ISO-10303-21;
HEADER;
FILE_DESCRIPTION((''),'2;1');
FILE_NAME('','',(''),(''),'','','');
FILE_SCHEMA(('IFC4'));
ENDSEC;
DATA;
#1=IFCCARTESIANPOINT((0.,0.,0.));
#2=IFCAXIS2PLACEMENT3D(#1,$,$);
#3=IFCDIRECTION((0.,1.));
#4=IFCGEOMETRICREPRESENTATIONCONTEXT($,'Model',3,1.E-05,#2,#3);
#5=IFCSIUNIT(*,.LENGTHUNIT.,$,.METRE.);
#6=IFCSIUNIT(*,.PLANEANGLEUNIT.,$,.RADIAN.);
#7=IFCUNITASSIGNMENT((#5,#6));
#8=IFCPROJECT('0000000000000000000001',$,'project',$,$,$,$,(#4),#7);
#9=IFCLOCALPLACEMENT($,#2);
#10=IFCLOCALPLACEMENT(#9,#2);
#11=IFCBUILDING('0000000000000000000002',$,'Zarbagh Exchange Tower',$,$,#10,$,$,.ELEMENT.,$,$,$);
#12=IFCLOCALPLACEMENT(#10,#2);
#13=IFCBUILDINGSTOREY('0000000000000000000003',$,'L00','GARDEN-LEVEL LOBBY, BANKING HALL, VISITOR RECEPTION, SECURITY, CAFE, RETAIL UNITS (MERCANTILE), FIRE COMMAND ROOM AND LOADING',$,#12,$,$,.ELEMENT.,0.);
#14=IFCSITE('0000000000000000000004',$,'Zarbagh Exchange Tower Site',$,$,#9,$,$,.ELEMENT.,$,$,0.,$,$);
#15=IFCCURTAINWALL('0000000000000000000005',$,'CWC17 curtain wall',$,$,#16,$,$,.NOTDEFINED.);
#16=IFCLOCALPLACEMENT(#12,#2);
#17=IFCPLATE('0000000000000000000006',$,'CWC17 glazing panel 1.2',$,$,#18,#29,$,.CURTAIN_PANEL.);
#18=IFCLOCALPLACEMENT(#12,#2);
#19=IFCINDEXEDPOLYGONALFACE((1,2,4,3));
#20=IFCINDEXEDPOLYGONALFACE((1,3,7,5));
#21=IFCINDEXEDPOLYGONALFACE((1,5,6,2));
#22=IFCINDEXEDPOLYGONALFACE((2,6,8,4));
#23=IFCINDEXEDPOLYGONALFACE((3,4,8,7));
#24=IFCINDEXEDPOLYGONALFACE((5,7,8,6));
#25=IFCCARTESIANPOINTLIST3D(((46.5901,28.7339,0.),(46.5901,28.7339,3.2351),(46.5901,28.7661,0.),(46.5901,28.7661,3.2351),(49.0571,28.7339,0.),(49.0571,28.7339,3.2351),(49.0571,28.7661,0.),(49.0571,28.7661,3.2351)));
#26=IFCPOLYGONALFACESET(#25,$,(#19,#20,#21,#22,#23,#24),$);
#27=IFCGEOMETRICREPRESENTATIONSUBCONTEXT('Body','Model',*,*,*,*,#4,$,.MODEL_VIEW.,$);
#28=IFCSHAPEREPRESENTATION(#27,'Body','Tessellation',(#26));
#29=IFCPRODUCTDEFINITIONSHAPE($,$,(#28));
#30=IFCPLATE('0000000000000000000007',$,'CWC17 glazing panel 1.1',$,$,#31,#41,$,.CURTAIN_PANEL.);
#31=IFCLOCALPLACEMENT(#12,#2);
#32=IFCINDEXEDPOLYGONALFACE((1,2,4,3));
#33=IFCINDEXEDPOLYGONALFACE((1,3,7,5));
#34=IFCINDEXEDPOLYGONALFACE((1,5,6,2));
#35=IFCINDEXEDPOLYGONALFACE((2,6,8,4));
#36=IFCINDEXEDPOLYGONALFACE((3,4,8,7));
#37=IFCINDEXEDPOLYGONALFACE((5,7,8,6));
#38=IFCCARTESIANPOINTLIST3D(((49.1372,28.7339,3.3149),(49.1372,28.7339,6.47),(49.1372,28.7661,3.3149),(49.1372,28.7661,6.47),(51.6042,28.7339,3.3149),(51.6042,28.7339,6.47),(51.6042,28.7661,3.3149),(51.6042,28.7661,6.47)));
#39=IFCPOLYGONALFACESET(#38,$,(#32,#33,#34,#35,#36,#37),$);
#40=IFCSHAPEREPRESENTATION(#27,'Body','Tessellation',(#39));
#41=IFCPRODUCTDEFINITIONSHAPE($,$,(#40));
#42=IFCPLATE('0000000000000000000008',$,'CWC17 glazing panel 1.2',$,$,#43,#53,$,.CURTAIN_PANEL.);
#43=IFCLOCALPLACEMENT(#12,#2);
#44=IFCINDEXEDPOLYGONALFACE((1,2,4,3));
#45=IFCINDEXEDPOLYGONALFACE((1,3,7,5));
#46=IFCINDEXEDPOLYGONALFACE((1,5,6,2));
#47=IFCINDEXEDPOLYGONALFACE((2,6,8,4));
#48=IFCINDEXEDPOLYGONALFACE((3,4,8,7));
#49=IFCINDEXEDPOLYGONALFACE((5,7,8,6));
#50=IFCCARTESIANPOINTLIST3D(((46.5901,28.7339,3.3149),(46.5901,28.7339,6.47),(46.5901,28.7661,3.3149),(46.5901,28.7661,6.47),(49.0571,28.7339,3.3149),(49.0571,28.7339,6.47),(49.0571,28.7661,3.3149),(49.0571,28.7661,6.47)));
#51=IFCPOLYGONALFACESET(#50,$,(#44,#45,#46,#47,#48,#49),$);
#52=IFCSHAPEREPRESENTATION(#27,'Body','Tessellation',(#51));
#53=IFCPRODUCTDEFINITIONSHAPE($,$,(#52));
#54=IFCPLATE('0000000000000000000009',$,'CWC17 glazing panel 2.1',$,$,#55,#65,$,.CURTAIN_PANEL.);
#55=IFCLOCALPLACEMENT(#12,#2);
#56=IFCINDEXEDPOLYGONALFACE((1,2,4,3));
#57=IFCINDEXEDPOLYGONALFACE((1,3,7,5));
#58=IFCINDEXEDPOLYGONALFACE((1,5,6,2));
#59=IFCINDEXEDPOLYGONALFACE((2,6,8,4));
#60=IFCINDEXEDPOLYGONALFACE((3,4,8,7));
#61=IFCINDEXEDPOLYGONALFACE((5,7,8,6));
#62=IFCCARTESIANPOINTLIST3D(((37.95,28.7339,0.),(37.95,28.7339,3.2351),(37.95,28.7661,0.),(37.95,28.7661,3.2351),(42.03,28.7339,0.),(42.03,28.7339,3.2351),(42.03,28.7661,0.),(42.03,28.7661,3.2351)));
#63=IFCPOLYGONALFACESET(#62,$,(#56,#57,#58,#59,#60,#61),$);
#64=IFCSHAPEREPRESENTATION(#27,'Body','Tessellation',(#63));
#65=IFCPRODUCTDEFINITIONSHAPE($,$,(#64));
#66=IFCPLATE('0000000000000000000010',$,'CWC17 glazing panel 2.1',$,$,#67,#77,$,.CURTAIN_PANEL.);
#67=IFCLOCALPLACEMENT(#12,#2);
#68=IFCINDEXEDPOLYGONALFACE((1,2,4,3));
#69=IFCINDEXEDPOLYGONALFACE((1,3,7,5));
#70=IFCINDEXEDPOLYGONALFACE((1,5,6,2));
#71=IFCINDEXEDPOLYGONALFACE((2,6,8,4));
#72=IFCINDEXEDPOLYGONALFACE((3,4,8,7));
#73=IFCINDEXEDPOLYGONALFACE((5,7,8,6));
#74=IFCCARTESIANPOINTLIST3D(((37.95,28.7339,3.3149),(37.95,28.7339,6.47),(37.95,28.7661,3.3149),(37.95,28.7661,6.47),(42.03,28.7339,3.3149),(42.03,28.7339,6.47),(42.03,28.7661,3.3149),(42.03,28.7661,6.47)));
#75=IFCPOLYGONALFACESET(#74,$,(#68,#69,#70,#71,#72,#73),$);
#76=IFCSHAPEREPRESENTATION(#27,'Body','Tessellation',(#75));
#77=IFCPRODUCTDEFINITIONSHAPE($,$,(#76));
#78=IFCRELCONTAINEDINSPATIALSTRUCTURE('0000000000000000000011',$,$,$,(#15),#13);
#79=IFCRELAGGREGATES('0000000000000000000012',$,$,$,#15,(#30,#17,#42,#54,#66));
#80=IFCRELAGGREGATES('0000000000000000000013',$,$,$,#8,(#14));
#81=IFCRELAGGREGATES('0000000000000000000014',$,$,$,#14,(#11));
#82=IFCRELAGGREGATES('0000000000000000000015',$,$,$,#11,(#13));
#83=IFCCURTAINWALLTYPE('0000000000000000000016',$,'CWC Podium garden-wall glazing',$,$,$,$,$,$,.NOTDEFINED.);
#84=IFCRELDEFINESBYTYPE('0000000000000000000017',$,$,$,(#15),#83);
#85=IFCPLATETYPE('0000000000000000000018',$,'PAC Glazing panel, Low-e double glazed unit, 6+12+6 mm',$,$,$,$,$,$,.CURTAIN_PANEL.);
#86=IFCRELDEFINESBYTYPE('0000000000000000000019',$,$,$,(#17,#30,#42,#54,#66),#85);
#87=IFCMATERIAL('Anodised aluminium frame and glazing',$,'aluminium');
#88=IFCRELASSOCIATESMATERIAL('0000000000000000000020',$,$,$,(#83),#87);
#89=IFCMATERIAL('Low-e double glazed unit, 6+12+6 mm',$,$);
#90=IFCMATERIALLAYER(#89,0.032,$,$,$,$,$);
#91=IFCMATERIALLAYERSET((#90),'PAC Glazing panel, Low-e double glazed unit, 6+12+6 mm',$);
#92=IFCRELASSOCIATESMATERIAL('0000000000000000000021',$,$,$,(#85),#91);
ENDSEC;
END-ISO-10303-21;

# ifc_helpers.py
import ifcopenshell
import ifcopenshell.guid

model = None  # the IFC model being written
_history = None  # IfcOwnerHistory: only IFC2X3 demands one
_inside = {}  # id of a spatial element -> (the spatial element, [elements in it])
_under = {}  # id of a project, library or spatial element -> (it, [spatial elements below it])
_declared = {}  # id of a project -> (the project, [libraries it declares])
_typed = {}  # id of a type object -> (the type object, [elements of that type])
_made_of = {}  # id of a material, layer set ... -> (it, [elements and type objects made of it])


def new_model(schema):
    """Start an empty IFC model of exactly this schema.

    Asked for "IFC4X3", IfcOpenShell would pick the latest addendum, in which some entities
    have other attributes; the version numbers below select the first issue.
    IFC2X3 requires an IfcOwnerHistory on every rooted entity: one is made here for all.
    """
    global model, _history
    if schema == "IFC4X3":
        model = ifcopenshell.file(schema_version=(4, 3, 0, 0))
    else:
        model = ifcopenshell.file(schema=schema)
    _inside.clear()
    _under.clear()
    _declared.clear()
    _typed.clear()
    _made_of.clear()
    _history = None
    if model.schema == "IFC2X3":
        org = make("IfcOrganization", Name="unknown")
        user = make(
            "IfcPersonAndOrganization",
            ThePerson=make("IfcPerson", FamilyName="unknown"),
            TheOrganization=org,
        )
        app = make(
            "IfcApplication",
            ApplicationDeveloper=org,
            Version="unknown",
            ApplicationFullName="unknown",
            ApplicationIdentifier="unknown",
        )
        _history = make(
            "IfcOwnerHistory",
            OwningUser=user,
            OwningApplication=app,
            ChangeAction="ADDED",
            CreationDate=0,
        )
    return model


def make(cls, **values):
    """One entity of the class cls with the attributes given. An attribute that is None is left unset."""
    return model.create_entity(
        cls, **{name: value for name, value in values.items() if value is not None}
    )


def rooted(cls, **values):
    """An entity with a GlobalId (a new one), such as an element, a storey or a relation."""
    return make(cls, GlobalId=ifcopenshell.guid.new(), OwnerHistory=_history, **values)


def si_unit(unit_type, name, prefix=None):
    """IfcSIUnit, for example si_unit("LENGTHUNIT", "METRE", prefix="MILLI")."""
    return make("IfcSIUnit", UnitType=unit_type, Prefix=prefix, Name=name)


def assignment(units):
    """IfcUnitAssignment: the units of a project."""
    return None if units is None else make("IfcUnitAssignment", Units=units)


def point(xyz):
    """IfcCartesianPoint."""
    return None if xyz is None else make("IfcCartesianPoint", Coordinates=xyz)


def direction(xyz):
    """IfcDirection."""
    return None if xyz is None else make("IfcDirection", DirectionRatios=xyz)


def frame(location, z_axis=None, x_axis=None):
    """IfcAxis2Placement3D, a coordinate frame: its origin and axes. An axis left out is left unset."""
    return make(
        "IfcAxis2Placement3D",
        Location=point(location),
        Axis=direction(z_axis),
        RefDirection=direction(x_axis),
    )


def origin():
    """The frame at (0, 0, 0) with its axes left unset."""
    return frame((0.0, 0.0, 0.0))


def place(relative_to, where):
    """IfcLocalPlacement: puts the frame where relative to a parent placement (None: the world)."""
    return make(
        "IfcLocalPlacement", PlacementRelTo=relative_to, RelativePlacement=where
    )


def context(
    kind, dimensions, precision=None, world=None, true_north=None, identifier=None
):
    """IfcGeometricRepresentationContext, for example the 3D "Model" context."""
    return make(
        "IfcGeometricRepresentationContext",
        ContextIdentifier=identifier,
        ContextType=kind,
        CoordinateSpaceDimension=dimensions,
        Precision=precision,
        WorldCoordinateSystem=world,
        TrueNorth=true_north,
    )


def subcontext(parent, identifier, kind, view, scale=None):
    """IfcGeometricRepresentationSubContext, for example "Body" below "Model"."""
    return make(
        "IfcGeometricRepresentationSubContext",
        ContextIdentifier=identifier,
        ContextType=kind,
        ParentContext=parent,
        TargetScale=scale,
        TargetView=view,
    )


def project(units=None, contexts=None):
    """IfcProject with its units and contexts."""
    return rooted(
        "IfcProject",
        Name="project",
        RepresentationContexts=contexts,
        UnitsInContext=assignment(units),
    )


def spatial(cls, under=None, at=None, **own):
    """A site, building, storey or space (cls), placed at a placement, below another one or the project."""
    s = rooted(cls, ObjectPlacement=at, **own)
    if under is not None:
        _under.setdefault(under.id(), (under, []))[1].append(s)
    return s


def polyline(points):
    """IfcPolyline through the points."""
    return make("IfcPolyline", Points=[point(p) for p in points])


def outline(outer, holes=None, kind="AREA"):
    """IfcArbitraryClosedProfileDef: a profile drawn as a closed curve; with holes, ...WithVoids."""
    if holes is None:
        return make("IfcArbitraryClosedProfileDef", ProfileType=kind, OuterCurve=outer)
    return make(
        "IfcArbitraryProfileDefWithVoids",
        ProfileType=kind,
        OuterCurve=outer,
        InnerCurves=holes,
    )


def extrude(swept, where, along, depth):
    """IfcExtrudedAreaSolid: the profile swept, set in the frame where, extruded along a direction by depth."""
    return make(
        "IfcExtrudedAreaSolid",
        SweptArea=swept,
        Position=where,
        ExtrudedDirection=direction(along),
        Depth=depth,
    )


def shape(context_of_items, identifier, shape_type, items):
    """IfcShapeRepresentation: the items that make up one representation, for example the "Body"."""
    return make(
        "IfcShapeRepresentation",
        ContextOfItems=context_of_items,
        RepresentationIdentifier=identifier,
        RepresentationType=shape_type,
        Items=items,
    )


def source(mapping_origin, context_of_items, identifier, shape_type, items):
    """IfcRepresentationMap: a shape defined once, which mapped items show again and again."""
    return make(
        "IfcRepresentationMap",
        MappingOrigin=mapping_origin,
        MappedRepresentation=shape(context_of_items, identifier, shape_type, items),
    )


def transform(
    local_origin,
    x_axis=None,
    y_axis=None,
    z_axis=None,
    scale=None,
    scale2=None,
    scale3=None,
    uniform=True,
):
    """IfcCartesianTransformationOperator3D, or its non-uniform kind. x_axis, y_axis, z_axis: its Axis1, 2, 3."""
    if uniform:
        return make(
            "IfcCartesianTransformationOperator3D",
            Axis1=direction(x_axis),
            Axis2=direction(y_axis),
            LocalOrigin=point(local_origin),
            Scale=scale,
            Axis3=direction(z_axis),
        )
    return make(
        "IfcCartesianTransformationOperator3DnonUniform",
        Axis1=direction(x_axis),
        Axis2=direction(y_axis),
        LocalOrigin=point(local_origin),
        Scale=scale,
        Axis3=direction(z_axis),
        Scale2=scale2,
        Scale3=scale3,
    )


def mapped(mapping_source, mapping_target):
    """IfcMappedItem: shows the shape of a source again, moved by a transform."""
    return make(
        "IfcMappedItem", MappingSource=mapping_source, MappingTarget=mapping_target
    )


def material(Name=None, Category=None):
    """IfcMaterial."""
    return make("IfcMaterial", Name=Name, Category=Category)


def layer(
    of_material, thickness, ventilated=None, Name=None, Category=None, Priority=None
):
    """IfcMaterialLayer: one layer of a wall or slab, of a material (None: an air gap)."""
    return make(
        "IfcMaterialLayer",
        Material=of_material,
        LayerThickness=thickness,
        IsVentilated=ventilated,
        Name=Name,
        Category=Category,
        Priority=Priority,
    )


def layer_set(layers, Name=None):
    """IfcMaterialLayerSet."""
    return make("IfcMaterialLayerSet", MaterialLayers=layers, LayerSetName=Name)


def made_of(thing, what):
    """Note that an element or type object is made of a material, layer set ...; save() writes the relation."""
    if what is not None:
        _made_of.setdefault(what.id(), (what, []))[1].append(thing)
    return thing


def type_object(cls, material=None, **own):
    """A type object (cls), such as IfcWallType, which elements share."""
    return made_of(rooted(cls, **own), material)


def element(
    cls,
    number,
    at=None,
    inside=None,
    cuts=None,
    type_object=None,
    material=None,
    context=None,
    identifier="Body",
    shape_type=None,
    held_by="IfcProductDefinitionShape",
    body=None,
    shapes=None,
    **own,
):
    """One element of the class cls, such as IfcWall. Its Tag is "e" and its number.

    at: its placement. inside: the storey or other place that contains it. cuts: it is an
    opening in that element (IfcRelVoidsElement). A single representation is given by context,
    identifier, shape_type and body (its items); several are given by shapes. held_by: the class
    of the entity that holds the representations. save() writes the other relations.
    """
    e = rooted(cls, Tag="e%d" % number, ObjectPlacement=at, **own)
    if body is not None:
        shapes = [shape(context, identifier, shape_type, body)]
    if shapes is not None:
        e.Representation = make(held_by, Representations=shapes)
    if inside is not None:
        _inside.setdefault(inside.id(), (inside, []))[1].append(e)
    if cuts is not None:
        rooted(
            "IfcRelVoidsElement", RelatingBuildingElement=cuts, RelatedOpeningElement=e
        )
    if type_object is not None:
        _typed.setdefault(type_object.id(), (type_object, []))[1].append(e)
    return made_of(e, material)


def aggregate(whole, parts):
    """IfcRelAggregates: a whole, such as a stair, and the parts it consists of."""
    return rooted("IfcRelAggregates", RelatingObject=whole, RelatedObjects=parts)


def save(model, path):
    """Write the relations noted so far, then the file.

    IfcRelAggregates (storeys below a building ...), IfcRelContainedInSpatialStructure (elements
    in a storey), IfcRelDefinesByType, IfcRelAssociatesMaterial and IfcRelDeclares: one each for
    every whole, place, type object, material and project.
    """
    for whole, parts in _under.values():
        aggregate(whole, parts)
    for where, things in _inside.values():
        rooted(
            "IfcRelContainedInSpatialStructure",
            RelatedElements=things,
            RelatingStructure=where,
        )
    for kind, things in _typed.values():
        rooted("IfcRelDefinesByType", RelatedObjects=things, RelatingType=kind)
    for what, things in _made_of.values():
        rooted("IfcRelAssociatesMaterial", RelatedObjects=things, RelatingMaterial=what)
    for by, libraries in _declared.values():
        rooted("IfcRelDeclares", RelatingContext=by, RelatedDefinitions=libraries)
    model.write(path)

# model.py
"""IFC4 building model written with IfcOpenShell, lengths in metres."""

from ifc_helpers import new_model, si_unit, direction, origin, place, context, subcontext, project, spatial, polyline, outline, extrude, source, transform, mapped, material, layer, layer_set, type_object, element, aggregate, save


model = new_model("IFC4")

# Units and contexts
model_context = context("Model", 3, precision=1e-05, world=origin(), true_north=direction((0.0, 1.0)))
body_context = subcontext(model_context, "Body", "Model", "MODEL_VIEW")
ifc_project = project(units=[si_unit("LENGTHUNIT", "METRE"), si_unit("PLANEANGLEUNIT", "RADIAN")], contexts=[model_context])

# Site, building, storey
site_placement = place(None, origin())
site = spatial("IfcSite", under=ifc_project, at=site_placement, Name="Zarbagh Exchange Tower Site", CompositionType="ELEMENT", RefElevation=0.0)
building_placement = place(site_placement, origin())
building = spatial("IfcBuilding", under=site, at=building_placement, Name="Zarbagh Exchange Tower", CompositionType="ELEMENT")
storey_placement = place(building_placement, origin())
storey = spatial("IfcBuildingStorey", under=building, at=storey_placement, Name="L00", Description="GARDEN-LEVEL LOBBY, BANKING HALL, VISITOR RECEPTION, SECURITY, CAFE, RETAIL UNITS (MERCANTILE), FIRE COMMAND ROOM AND LOADING", CompositionType="ELEMENT", Elevation=0.0)

# Shared definitions
ifc_material_1 = material(Name="Anodised aluminium frame and glazing", Category="aluminium")
curtain_wall_type = type_object("IfcCurtainWallType", Name="CWC Podium garden-wall glazing", PredefinedType="NOTDEFINED", material=ifc_material_1)
placement = place(storey_placement, origin())

# Curtain wall
curtain_wall_1_placement = place(storey_placement, origin())
curtain_wall_1 = element("IfcCurtainWall", 1, at=curtain_wall_1_placement, inside=storey, type_object=curtain_wall_type, Name="CWC17 curtain wall", PredefinedType="NOTDEFINED")

# Plates
ifc_material_2 = material(Name="Low-e double glazed unit, 6+12+6 mm")
ifc_layer = layer(ifc_material_2, 0.032)
ifc_layer_set = layer_set([ifc_layer], Name="PAC Glazing panel, Low-e double glazed unit, 6+12+6 mm")
plate_type = type_object("IfcPlateType", Name="PAC Glazing panel, Low-e double glazed unit, 6+12+6 mm", PredefinedType="CURTAIN_PANEL", material=ifc_layer_set)
shared_shape_1 = source(origin(), body_context, "Body", "SweptSolid", [
    extrude(outline(polyline([(0.0, -0.0161), (2.467, -0.0161), (2.467, 0.0161), (0.0, 0.0161), (0.0, -0.0161)])), origin(), (0.0, 0.0, 1.0), 3.2351),
])
plate_1 = element("IfcPlate", 2, at=placement, type_object=plate_type, Name="CWC17 glazing panel 1.2", PredefinedType="CURTAIN_PANEL", context=body_context, shape_type="MappedRepresentation", body=[
    mapped(shared_shape_1, transform((49.0571, 28.75, 0.0), x_axis=(-1.0, 0.0, 0.0), y_axis=(0.0, -1.0, 0.0), z_axis=(0.0, 0.0, 1.0))),
])
shared_shape_2 = source(origin(), body_context, "Body", "SweptSolid", [
    extrude(outline(polyline([(0.0, -0.0161), (2.467, -0.0161), (2.467, 0.0161), (0.0, 0.0161), (0.0, -0.0161)])), origin(), (0.0, 0.0, 1.0), 3.155),
])
plate_2 = element("IfcPlate", 3, at=placement, type_object=plate_type, Name="CWC17 glazing panel 1.1", PredefinedType="CURTAIN_PANEL", context=body_context, shape_type="MappedRepresentation", body=[
    mapped(shared_shape_2, transform((51.6042, 28.75, 3.3149), x_axis=(-1.0, 0.0, 0.0), y_axis=(0.0, -1.0, 0.0), z_axis=(0.0, 0.0, 1.0))),
])
plate_3 = element("IfcPlate", 4, at=placement, type_object=plate_type, Name="CWC17 glazing panel 1.2", PredefinedType="CURTAIN_PANEL", context=body_context, shape_type="MappedRepresentation", body=[
    mapped(shared_shape_2, transform((49.0571, 28.75, 3.3149), x_axis=(-1.0, 0.0, 0.0), y_axis=(0.0, -1.0, 0.0), z_axis=(0.0, 0.0, 1.0))),
])
shared_shape_3 = source(origin(), body_context, "Body", "SweptSolid", [
    extrude(outline(polyline([(0.0, -0.0161), (4.0801, -0.0161), (4.0801, 0.0161), (0.0, 0.0161), (0.0, -0.0161)])), origin(), (0.0, 0.0, 1.0), 3.2351),
])
plate_4 = element("IfcPlate", 5, at=placement, type_object=plate_type, Name="CWC17 glazing panel 2.1", PredefinedType="CURTAIN_PANEL", context=body_context, shape_type="MappedRepresentation", body=[
    mapped(shared_shape_3, transform((42.03, 28.75, 0.0), x_axis=(-1.0, 0.0, 0.0), y_axis=(0.0, -1.0, 0.0), z_axis=(0.0, 0.0, 1.0))),
])
shared_shape_4 = source(origin(), body_context, "Body", "SweptSolid", [
    extrude(outline(polyline([(0.0, -0.0161), (4.0801, -0.0161), (4.0801, 0.0161), (0.0, 0.0161), (0.0, -0.0161)])), origin(), (0.0, 0.0, 1.0), 3.155),
])
plate_5 = element("IfcPlate", 6, at=placement, type_object=plate_type, Name="CWC17 glazing panel 2.1", PredefinedType="CURTAIN_PANEL", context=body_context, shape_type="MappedRepresentation", body=[
    mapped(shared_shape_4, transform((42.03, 28.75, 3.3149), x_axis=(-1.0, 0.0, 0.0), y_axis=(0.0, -1.0, 0.0), z_axis=(0.0, 0.0, 1.0))),
])
aggregate(curtain_wall_1, [plate_2, plate_1, plate_3, plate_4, plate_5])

save(model, "model.ifc")
